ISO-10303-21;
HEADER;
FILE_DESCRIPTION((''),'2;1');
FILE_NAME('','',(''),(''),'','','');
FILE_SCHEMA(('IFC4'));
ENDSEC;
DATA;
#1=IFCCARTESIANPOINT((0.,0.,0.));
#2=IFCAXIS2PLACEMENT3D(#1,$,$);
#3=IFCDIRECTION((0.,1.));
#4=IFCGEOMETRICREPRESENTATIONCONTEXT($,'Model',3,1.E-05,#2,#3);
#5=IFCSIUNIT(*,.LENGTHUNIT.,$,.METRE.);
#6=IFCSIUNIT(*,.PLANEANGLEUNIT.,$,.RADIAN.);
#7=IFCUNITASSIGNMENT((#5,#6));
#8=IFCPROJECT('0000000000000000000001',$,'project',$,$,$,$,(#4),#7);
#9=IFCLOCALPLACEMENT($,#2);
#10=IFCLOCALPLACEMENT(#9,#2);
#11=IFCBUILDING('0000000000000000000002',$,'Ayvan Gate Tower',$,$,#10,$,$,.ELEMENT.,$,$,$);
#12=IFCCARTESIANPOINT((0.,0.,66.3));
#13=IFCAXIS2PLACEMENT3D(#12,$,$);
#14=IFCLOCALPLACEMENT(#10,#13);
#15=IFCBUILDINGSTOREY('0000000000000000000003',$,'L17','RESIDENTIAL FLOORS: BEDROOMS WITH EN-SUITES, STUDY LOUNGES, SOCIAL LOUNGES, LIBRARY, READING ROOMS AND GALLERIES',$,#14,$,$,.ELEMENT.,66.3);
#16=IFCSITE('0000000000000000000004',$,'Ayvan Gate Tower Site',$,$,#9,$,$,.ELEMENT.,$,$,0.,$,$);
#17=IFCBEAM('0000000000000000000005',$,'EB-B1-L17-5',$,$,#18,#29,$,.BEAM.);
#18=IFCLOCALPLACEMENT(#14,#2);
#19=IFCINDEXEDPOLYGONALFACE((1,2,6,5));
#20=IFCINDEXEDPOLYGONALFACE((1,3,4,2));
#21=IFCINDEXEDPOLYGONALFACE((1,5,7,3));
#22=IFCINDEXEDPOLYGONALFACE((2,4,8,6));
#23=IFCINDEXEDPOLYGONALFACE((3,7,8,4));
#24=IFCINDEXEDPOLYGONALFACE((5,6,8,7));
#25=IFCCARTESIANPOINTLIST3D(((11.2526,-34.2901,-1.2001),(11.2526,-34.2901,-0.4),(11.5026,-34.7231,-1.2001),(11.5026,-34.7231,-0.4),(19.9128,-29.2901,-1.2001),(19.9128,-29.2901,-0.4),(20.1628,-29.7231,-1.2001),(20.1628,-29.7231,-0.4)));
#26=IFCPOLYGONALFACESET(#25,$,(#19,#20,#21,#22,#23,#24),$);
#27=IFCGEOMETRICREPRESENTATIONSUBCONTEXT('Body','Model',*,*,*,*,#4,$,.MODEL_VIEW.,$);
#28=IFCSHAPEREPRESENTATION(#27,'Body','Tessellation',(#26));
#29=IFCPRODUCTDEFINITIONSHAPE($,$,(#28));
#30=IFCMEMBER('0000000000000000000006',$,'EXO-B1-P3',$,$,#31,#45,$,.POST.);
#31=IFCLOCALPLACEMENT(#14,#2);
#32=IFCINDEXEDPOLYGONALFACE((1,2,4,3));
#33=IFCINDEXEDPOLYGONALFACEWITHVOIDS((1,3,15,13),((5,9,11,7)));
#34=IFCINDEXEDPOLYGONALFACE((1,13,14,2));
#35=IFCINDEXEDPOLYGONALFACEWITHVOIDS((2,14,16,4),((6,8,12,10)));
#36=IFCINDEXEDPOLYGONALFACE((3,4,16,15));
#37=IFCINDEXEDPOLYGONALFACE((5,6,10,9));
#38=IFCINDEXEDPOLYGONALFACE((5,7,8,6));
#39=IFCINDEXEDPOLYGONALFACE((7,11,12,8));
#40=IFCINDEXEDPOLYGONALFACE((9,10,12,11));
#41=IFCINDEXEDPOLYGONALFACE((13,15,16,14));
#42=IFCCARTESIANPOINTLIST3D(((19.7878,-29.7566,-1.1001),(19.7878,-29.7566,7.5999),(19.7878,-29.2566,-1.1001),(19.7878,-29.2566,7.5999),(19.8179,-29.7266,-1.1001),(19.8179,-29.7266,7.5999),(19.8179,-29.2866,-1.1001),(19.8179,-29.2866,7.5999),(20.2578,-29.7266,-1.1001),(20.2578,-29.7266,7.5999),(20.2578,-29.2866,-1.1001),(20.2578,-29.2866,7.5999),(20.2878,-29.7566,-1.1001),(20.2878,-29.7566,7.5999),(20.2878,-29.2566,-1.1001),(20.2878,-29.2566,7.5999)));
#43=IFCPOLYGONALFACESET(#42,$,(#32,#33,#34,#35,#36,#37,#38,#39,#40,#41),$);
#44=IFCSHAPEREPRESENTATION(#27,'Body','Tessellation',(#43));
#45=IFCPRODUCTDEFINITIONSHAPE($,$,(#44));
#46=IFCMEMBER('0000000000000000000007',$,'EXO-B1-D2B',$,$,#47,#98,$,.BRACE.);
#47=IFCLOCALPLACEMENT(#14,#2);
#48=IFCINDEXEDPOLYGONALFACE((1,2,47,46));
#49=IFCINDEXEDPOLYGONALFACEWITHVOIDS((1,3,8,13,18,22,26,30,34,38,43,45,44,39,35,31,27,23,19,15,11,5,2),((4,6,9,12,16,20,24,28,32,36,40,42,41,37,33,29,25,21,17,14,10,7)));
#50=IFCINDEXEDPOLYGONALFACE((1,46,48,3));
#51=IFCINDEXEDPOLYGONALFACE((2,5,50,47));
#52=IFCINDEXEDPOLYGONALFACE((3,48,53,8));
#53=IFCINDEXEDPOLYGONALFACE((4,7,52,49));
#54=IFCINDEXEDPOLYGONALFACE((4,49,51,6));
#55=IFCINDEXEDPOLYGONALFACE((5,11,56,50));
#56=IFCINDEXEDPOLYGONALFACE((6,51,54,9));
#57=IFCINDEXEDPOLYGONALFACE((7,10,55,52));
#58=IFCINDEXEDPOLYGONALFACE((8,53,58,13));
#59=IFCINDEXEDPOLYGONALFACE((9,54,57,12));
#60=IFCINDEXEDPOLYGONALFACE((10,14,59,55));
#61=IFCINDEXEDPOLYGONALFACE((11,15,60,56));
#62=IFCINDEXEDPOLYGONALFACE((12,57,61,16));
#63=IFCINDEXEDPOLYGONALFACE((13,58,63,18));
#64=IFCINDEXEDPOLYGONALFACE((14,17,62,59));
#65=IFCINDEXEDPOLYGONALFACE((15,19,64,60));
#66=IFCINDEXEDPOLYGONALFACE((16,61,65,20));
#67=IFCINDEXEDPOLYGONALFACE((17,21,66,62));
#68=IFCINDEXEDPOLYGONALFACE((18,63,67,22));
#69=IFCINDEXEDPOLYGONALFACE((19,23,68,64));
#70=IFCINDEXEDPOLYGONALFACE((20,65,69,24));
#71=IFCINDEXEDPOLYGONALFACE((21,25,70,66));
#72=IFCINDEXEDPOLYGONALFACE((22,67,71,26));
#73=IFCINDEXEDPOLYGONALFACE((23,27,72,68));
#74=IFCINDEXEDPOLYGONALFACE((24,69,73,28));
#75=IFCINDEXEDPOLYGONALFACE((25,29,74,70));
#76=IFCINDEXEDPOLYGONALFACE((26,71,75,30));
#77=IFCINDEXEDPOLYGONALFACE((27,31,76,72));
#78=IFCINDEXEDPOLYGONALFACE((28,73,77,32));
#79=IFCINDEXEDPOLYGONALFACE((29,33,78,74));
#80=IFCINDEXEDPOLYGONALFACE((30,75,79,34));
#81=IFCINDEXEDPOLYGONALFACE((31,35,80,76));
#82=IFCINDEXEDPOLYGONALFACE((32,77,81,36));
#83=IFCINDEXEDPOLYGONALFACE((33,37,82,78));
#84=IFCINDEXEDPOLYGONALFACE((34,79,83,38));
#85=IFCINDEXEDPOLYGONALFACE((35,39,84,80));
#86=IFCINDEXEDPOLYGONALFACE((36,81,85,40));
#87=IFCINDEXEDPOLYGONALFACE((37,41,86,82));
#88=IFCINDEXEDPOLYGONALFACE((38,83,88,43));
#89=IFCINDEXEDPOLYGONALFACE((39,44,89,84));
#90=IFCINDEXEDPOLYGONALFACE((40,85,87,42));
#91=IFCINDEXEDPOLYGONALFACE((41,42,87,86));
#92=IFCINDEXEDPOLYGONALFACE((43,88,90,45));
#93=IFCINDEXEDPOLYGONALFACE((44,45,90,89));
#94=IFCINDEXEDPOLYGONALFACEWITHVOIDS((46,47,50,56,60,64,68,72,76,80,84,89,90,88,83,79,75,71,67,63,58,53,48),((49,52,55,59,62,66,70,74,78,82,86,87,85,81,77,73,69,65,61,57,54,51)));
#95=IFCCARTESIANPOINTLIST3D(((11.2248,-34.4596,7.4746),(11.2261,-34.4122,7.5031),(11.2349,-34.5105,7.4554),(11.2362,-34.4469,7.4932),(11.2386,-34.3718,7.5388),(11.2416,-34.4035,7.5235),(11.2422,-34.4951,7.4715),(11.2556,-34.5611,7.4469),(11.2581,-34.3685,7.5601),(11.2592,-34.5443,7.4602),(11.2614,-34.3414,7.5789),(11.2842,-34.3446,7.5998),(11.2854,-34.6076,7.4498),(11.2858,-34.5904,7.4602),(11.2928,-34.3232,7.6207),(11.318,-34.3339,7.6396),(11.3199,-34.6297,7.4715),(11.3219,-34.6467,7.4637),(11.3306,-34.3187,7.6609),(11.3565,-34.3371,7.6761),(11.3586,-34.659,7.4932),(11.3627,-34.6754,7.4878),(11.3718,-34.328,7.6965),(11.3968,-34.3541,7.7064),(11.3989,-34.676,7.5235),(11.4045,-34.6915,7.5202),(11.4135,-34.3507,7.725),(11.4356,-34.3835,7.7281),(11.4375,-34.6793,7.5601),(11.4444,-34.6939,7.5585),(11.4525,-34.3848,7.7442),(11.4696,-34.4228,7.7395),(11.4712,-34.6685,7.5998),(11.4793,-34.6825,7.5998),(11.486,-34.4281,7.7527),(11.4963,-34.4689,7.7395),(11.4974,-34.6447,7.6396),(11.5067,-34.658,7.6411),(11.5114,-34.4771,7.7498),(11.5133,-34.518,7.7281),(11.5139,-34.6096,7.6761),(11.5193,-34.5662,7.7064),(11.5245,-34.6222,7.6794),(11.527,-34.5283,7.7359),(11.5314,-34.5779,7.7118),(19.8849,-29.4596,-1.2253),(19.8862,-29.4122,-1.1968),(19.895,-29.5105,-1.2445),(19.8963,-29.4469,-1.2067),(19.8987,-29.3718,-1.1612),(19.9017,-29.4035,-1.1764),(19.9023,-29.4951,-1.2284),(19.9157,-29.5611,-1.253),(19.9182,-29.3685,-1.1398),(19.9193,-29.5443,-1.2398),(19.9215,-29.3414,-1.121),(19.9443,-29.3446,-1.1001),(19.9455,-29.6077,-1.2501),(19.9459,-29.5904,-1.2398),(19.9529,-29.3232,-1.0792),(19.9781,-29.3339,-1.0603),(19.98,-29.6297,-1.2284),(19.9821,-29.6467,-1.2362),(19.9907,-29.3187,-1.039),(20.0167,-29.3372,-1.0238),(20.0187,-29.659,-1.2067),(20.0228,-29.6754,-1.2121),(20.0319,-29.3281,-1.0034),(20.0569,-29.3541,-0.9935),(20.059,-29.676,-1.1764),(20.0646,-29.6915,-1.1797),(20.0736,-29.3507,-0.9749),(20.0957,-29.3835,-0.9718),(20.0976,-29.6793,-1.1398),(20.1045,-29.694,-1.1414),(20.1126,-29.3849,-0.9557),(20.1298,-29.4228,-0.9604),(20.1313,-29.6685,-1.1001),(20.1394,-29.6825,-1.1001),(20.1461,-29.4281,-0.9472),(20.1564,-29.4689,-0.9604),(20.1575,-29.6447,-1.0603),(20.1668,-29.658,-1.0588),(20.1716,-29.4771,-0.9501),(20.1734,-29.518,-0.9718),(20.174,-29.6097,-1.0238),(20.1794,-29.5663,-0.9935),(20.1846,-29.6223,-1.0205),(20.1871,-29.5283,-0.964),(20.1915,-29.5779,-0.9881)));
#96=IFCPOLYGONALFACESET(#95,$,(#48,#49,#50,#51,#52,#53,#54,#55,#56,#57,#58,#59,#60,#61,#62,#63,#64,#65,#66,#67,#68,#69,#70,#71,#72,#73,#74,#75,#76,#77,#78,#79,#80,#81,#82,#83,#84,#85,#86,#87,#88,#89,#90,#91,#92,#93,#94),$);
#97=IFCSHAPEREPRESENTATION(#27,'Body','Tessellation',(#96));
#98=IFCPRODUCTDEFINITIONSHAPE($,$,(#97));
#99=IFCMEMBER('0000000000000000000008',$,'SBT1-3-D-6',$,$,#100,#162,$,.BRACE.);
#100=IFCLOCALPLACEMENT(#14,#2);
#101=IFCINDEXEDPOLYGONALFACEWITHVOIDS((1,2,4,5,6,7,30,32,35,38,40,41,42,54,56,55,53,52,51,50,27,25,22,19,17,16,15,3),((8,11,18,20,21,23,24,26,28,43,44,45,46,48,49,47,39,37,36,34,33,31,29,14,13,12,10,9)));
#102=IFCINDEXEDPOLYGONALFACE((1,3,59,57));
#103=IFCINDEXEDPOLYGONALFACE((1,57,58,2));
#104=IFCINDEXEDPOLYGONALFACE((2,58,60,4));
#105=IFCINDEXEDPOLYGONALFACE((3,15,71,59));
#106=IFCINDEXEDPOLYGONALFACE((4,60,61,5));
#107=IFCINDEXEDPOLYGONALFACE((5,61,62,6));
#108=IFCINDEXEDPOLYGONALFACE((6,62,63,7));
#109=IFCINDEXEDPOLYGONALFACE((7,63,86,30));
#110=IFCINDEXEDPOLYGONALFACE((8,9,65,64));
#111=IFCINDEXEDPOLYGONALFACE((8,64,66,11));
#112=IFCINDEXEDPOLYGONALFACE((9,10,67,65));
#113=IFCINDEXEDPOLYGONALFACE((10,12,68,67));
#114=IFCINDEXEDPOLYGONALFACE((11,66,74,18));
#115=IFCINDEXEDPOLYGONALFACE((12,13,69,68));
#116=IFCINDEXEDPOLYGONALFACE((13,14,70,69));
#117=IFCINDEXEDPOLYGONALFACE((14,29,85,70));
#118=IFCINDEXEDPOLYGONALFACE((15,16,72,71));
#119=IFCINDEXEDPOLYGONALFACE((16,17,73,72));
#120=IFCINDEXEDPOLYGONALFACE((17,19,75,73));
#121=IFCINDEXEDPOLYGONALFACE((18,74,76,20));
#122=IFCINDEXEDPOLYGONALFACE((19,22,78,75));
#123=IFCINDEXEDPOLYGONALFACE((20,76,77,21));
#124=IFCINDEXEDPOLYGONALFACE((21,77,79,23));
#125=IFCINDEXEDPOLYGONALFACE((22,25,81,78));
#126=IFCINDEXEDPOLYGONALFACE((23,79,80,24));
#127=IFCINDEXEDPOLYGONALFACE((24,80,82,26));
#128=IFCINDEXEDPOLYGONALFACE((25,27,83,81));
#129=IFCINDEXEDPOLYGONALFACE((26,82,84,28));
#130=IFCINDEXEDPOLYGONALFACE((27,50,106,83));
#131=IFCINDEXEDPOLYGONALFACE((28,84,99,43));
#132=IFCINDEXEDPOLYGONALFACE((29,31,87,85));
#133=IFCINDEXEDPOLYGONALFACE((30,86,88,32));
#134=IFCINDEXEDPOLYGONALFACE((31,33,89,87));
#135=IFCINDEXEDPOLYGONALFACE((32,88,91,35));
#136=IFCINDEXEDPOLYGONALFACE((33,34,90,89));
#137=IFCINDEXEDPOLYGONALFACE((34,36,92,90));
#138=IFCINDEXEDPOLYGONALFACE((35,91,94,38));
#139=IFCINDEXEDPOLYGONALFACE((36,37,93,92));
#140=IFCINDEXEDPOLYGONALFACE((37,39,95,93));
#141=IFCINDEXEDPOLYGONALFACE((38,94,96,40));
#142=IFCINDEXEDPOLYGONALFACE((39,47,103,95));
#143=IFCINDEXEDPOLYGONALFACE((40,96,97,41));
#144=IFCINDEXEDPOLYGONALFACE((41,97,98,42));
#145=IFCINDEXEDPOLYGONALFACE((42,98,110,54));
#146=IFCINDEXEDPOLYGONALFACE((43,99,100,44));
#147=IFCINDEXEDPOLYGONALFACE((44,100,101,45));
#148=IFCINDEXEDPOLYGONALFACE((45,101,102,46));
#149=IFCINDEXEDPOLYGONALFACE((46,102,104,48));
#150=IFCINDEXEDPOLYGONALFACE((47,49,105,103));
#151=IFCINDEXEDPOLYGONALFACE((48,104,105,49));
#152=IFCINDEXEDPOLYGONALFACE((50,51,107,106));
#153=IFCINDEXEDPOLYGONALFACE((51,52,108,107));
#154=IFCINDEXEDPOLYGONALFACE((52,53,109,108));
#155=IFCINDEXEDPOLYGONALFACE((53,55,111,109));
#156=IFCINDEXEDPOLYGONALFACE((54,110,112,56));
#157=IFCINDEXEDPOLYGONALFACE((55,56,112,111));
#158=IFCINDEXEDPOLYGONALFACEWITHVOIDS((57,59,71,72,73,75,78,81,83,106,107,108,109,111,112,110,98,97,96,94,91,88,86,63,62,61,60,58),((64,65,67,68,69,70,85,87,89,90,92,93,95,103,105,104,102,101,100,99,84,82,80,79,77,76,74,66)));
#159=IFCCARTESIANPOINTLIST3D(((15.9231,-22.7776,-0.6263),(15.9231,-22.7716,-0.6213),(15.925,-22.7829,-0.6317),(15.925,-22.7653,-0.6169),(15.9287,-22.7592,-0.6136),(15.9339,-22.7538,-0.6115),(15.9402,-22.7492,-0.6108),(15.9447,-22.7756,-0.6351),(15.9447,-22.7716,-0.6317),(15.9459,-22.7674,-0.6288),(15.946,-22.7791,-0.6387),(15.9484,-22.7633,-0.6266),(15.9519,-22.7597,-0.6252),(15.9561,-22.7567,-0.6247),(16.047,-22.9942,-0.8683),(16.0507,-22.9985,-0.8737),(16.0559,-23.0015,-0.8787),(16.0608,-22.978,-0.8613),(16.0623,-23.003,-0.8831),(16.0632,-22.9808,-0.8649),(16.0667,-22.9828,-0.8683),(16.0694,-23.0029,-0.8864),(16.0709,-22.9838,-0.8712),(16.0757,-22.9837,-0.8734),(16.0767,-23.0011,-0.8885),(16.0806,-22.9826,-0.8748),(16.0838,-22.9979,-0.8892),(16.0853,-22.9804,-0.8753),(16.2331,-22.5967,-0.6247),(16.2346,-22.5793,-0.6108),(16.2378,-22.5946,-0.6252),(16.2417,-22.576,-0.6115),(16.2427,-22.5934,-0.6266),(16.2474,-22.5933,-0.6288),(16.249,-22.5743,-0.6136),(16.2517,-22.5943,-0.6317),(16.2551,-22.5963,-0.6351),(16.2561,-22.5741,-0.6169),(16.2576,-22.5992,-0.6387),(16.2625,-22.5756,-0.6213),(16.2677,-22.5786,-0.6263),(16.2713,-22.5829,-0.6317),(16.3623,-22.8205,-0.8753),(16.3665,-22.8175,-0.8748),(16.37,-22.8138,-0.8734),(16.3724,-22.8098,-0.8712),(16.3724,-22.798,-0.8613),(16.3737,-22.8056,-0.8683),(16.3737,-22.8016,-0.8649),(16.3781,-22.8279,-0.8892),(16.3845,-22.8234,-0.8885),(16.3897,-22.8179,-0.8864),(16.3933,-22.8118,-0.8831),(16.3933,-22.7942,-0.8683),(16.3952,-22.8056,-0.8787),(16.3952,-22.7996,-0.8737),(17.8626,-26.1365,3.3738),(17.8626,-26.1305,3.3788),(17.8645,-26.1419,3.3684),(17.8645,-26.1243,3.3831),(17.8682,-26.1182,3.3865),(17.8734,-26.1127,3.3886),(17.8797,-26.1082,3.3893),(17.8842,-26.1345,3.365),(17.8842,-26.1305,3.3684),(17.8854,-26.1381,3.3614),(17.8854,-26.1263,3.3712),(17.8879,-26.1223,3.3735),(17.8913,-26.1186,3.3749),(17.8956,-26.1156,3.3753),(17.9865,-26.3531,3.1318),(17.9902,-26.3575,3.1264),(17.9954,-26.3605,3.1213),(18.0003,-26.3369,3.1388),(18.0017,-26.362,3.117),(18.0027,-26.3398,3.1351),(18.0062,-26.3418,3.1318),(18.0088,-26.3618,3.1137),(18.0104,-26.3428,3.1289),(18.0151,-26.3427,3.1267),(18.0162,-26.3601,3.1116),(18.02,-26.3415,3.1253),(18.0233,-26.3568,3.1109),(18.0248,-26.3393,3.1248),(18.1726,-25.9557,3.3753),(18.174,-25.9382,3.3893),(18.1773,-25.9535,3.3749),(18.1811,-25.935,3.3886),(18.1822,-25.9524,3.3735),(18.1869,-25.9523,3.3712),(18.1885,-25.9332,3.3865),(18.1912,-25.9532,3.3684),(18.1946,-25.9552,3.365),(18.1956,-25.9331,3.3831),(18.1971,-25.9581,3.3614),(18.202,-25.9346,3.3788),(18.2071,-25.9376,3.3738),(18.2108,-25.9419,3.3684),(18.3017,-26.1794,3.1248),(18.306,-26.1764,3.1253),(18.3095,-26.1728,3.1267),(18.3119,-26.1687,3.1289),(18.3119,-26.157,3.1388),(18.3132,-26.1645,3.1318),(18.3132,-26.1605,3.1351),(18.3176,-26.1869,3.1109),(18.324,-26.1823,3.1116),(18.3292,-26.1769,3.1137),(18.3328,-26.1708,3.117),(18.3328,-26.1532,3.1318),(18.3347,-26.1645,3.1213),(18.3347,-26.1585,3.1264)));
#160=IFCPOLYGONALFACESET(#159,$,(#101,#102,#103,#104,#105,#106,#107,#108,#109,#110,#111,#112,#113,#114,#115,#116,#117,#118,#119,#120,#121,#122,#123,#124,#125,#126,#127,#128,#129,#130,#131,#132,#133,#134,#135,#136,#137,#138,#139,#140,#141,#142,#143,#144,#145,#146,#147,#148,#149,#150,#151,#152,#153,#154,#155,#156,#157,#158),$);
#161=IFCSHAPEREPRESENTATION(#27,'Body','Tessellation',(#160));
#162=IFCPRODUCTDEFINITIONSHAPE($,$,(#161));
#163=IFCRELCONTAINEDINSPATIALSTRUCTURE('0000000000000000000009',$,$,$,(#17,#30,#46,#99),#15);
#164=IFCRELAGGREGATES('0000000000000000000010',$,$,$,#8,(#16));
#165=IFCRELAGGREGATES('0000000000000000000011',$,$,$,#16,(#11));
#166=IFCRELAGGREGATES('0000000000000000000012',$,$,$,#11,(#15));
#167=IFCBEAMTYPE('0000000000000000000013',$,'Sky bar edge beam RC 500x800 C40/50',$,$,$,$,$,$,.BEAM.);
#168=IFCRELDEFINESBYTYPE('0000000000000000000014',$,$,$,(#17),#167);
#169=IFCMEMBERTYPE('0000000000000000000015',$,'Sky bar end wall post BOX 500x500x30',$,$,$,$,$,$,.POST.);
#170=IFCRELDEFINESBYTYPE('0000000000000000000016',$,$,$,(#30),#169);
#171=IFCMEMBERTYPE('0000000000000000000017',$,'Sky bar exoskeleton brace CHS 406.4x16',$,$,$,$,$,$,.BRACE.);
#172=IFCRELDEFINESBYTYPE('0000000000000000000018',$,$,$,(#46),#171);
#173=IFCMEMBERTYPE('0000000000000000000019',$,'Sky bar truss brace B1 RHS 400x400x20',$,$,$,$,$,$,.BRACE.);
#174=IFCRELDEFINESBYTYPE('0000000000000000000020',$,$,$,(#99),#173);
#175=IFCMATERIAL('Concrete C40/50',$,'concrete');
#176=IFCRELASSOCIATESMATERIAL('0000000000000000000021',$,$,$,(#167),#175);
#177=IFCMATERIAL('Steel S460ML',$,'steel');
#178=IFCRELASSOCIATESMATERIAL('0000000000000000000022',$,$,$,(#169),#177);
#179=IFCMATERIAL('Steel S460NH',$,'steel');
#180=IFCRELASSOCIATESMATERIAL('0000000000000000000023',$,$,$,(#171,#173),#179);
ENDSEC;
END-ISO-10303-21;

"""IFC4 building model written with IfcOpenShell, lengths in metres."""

from ifc_helpers import new_model, si_unit, direction, frame, origin, origin_2d, place, context, subcontext, project, spatial, rectangle, hollow_rectangle, hollow_circle, extrude, material, material_profile, profile_set, type_object, element, save


model = new_model("IFC4")

# Units and contexts
model_context = context("Model", 3, precision=1e-05, world=origin(), true_north=direction((0.0, 1.0)))
body_context = subcontext(model_context, "Body", "Model", "MODEL_VIEW")
ifc_project = project(units=[si_unit("LENGTHUNIT", "METRE"), si_unit("PLANEANGLEUNIT", "RADIAN")], contexts=[model_context])

# Site, building, storey
site_placement = place(None, origin())
site = spatial("IfcSite", under=ifc_project, at=site_placement, Name="Ayvan Gate Tower Site", CompositionType="ELEMENT", RefElevation=0.0)
building_placement = place(site_placement, origin())
building = spatial("IfcBuilding", under=site, at=building_placement, Name="Ayvan Gate Tower", CompositionType="ELEMENT")
storey_placement = place(building_placement, frame((0.0, 0.0, 66.3)))
storey = spatial("IfcBuildingStorey", under=building, at=storey_placement, Name="L17", Description="RESIDENTIAL FLOORS: BEDROOMS WITH EN-SUITES, STUDY LOUNGES, SOCIAL LOUNGES, LIBRARY, READING ROOMS AND GALLERIES", CompositionType="ELEMENT", Elevation=66.3)

# Beam
ifc_material_1 = material(Name="Concrete C40/50", Category="concrete")
ifc_material_profile_1 = material_profile(ifc_material_1, rectangle(XDim=0.5, YDim=0.8, at=origin_2d()), Name="RC 500x800")
ifc_profile_set_1 = profile_set([ifc_material_profile_1], Name="Concrete C40/50")
beam_type = type_object("IfcBeamType", Name="Sky bar edge beam RC 500x800 C40/50", PredefinedType="BEAM", material=ifc_profile_set_1)
beam_placement = place(storey_placement, frame((20.0378, -29.5066, -0.8), z_axis=(-0.866023, -0.500004, 0.0), x_axis=(0.500004, -0.866023, 0.0)))
element("IfcBeam", 1, at=beam_placement, inside=storey, type_object=beam_type, Name="EB-B1-L17-5", PredefinedType="BEAM", context=body_context, shape_type="SweptSolid", body=[
    extrude(rectangle(XDim=0.5, YDim=0.8, at=origin_2d()), origin(), (0.0, 0.0, 1.0), 10.0),
])

# Members
ifc_material_2 = material(Name="Steel S460ML", Category="steel")
ifc_material_profile_2 = material_profile(ifc_material_2, hollow_rectangle(XDim=0.5, YDim=0.5, WallThickness=0.03, at=origin_2d()), Name="BOX 500x500x30")
ifc_profile_set_2 = profile_set([ifc_material_profile_2], Name="Steel S460ML")
member_type_1 = type_object("IfcMemberType", Name="Sky bar end wall post BOX 500x500x30", PredefinedType="POST", material=ifc_profile_set_2)
member_1_placement = place(storey_placement, frame((20.0378, -29.5066, -1.1001), z_axis=(0.0, 0.0, 1.0), x_axis=(1.0, 0.0, 0.0)))
element("IfcMember", 2, at=member_1_placement, inside=storey, type_object=member_type_1, Name="EXO-B1-P3", PredefinedType="POST", context=body_context, shape_type="SweptSolid", body=[
    extrude(hollow_rectangle(XDim=0.5, YDim=0.5, WallThickness=0.03, at=origin_2d()), origin(), (0.0, 0.0, 1.0), 8.7),
])
ifc_material_3 = material(Name="Steel S460NH", Category="steel")
ifc_material_profile_3 = material_profile(ifc_material_3, hollow_circle(Radius=0.2031, WallThickness=0.0161, at=origin_2d()), Name="CHS 406.4x16")
ifc_profile_set_3 = profile_set([ifc_material_profile_3], Name="Steel S460NH")
member_type_2 = type_object("IfcMemberType", Name="Sky bar exoskeleton brace CHS 406.4x16", PredefinedType="BRACE", material=ifc_profile_set_3)
member_2_placement = place(storey_placement, frame((20.0378, -29.5066, -1.1001), z_axis=(-0.653364, -0.377224, 0.656367), x_axis=(0.500004, -0.866023, 0.0)))
element("IfcMember", 3, at=member_2_placement, inside=storey, type_object=member_type_2, Name="EXO-B1-D2B", PredefinedType="BRACE", context=body_context, shape_type="SweptSolid", body=[
    extrude(hollow_circle(Radius=0.2031, WallThickness=0.0161, at=origin_2d()), origin(), (0.0, 0.0, 1.0), 13.2546),
])
ifc_material_profile_4 = material_profile(ifc_material_3, hollow_rectangle(XDim=0.3999, YDim=0.3999, WallThickness=0.02, InnerFilletRadius=0.02, OuterFilletRadius=0.03, at=origin_2d()), Name="RHS 400x400x20")
ifc_profile_set_4 = profile_set([ifc_material_profile_4], Name="Steel S460NH")
member_type_3 = type_object("IfcMemberType", Name="Sky bar truss brace B1 RHS 400x400x20", PredefinedType="BRACE", material=ifc_profile_set_4)
member_3_placement = place(storey_placement, frame((16.1592, -22.7886, -0.75), z_axis=(0.348091, -0.60285, 0.717917), x_axis=(0.866003, 0.500038, 0.0)))
element("IfcMember", 4, at=member_3_placement, inside=storey, type_object=member_type_3, Name="SBT1-3-D-6", PredefinedType="BRACE", context=body_context, shape_type="SweptSolid", body=[
    extrude(hollow_rectangle(XDim=0.3999, YDim=0.3999, WallThickness=0.02, InnerFilletRadius=0.02, OuterFilletRadius=0.03, at=origin_2d()), origin(), (0.0, 0.0, 1.0), 5.5718),
])

save(model, "model.ifc")
